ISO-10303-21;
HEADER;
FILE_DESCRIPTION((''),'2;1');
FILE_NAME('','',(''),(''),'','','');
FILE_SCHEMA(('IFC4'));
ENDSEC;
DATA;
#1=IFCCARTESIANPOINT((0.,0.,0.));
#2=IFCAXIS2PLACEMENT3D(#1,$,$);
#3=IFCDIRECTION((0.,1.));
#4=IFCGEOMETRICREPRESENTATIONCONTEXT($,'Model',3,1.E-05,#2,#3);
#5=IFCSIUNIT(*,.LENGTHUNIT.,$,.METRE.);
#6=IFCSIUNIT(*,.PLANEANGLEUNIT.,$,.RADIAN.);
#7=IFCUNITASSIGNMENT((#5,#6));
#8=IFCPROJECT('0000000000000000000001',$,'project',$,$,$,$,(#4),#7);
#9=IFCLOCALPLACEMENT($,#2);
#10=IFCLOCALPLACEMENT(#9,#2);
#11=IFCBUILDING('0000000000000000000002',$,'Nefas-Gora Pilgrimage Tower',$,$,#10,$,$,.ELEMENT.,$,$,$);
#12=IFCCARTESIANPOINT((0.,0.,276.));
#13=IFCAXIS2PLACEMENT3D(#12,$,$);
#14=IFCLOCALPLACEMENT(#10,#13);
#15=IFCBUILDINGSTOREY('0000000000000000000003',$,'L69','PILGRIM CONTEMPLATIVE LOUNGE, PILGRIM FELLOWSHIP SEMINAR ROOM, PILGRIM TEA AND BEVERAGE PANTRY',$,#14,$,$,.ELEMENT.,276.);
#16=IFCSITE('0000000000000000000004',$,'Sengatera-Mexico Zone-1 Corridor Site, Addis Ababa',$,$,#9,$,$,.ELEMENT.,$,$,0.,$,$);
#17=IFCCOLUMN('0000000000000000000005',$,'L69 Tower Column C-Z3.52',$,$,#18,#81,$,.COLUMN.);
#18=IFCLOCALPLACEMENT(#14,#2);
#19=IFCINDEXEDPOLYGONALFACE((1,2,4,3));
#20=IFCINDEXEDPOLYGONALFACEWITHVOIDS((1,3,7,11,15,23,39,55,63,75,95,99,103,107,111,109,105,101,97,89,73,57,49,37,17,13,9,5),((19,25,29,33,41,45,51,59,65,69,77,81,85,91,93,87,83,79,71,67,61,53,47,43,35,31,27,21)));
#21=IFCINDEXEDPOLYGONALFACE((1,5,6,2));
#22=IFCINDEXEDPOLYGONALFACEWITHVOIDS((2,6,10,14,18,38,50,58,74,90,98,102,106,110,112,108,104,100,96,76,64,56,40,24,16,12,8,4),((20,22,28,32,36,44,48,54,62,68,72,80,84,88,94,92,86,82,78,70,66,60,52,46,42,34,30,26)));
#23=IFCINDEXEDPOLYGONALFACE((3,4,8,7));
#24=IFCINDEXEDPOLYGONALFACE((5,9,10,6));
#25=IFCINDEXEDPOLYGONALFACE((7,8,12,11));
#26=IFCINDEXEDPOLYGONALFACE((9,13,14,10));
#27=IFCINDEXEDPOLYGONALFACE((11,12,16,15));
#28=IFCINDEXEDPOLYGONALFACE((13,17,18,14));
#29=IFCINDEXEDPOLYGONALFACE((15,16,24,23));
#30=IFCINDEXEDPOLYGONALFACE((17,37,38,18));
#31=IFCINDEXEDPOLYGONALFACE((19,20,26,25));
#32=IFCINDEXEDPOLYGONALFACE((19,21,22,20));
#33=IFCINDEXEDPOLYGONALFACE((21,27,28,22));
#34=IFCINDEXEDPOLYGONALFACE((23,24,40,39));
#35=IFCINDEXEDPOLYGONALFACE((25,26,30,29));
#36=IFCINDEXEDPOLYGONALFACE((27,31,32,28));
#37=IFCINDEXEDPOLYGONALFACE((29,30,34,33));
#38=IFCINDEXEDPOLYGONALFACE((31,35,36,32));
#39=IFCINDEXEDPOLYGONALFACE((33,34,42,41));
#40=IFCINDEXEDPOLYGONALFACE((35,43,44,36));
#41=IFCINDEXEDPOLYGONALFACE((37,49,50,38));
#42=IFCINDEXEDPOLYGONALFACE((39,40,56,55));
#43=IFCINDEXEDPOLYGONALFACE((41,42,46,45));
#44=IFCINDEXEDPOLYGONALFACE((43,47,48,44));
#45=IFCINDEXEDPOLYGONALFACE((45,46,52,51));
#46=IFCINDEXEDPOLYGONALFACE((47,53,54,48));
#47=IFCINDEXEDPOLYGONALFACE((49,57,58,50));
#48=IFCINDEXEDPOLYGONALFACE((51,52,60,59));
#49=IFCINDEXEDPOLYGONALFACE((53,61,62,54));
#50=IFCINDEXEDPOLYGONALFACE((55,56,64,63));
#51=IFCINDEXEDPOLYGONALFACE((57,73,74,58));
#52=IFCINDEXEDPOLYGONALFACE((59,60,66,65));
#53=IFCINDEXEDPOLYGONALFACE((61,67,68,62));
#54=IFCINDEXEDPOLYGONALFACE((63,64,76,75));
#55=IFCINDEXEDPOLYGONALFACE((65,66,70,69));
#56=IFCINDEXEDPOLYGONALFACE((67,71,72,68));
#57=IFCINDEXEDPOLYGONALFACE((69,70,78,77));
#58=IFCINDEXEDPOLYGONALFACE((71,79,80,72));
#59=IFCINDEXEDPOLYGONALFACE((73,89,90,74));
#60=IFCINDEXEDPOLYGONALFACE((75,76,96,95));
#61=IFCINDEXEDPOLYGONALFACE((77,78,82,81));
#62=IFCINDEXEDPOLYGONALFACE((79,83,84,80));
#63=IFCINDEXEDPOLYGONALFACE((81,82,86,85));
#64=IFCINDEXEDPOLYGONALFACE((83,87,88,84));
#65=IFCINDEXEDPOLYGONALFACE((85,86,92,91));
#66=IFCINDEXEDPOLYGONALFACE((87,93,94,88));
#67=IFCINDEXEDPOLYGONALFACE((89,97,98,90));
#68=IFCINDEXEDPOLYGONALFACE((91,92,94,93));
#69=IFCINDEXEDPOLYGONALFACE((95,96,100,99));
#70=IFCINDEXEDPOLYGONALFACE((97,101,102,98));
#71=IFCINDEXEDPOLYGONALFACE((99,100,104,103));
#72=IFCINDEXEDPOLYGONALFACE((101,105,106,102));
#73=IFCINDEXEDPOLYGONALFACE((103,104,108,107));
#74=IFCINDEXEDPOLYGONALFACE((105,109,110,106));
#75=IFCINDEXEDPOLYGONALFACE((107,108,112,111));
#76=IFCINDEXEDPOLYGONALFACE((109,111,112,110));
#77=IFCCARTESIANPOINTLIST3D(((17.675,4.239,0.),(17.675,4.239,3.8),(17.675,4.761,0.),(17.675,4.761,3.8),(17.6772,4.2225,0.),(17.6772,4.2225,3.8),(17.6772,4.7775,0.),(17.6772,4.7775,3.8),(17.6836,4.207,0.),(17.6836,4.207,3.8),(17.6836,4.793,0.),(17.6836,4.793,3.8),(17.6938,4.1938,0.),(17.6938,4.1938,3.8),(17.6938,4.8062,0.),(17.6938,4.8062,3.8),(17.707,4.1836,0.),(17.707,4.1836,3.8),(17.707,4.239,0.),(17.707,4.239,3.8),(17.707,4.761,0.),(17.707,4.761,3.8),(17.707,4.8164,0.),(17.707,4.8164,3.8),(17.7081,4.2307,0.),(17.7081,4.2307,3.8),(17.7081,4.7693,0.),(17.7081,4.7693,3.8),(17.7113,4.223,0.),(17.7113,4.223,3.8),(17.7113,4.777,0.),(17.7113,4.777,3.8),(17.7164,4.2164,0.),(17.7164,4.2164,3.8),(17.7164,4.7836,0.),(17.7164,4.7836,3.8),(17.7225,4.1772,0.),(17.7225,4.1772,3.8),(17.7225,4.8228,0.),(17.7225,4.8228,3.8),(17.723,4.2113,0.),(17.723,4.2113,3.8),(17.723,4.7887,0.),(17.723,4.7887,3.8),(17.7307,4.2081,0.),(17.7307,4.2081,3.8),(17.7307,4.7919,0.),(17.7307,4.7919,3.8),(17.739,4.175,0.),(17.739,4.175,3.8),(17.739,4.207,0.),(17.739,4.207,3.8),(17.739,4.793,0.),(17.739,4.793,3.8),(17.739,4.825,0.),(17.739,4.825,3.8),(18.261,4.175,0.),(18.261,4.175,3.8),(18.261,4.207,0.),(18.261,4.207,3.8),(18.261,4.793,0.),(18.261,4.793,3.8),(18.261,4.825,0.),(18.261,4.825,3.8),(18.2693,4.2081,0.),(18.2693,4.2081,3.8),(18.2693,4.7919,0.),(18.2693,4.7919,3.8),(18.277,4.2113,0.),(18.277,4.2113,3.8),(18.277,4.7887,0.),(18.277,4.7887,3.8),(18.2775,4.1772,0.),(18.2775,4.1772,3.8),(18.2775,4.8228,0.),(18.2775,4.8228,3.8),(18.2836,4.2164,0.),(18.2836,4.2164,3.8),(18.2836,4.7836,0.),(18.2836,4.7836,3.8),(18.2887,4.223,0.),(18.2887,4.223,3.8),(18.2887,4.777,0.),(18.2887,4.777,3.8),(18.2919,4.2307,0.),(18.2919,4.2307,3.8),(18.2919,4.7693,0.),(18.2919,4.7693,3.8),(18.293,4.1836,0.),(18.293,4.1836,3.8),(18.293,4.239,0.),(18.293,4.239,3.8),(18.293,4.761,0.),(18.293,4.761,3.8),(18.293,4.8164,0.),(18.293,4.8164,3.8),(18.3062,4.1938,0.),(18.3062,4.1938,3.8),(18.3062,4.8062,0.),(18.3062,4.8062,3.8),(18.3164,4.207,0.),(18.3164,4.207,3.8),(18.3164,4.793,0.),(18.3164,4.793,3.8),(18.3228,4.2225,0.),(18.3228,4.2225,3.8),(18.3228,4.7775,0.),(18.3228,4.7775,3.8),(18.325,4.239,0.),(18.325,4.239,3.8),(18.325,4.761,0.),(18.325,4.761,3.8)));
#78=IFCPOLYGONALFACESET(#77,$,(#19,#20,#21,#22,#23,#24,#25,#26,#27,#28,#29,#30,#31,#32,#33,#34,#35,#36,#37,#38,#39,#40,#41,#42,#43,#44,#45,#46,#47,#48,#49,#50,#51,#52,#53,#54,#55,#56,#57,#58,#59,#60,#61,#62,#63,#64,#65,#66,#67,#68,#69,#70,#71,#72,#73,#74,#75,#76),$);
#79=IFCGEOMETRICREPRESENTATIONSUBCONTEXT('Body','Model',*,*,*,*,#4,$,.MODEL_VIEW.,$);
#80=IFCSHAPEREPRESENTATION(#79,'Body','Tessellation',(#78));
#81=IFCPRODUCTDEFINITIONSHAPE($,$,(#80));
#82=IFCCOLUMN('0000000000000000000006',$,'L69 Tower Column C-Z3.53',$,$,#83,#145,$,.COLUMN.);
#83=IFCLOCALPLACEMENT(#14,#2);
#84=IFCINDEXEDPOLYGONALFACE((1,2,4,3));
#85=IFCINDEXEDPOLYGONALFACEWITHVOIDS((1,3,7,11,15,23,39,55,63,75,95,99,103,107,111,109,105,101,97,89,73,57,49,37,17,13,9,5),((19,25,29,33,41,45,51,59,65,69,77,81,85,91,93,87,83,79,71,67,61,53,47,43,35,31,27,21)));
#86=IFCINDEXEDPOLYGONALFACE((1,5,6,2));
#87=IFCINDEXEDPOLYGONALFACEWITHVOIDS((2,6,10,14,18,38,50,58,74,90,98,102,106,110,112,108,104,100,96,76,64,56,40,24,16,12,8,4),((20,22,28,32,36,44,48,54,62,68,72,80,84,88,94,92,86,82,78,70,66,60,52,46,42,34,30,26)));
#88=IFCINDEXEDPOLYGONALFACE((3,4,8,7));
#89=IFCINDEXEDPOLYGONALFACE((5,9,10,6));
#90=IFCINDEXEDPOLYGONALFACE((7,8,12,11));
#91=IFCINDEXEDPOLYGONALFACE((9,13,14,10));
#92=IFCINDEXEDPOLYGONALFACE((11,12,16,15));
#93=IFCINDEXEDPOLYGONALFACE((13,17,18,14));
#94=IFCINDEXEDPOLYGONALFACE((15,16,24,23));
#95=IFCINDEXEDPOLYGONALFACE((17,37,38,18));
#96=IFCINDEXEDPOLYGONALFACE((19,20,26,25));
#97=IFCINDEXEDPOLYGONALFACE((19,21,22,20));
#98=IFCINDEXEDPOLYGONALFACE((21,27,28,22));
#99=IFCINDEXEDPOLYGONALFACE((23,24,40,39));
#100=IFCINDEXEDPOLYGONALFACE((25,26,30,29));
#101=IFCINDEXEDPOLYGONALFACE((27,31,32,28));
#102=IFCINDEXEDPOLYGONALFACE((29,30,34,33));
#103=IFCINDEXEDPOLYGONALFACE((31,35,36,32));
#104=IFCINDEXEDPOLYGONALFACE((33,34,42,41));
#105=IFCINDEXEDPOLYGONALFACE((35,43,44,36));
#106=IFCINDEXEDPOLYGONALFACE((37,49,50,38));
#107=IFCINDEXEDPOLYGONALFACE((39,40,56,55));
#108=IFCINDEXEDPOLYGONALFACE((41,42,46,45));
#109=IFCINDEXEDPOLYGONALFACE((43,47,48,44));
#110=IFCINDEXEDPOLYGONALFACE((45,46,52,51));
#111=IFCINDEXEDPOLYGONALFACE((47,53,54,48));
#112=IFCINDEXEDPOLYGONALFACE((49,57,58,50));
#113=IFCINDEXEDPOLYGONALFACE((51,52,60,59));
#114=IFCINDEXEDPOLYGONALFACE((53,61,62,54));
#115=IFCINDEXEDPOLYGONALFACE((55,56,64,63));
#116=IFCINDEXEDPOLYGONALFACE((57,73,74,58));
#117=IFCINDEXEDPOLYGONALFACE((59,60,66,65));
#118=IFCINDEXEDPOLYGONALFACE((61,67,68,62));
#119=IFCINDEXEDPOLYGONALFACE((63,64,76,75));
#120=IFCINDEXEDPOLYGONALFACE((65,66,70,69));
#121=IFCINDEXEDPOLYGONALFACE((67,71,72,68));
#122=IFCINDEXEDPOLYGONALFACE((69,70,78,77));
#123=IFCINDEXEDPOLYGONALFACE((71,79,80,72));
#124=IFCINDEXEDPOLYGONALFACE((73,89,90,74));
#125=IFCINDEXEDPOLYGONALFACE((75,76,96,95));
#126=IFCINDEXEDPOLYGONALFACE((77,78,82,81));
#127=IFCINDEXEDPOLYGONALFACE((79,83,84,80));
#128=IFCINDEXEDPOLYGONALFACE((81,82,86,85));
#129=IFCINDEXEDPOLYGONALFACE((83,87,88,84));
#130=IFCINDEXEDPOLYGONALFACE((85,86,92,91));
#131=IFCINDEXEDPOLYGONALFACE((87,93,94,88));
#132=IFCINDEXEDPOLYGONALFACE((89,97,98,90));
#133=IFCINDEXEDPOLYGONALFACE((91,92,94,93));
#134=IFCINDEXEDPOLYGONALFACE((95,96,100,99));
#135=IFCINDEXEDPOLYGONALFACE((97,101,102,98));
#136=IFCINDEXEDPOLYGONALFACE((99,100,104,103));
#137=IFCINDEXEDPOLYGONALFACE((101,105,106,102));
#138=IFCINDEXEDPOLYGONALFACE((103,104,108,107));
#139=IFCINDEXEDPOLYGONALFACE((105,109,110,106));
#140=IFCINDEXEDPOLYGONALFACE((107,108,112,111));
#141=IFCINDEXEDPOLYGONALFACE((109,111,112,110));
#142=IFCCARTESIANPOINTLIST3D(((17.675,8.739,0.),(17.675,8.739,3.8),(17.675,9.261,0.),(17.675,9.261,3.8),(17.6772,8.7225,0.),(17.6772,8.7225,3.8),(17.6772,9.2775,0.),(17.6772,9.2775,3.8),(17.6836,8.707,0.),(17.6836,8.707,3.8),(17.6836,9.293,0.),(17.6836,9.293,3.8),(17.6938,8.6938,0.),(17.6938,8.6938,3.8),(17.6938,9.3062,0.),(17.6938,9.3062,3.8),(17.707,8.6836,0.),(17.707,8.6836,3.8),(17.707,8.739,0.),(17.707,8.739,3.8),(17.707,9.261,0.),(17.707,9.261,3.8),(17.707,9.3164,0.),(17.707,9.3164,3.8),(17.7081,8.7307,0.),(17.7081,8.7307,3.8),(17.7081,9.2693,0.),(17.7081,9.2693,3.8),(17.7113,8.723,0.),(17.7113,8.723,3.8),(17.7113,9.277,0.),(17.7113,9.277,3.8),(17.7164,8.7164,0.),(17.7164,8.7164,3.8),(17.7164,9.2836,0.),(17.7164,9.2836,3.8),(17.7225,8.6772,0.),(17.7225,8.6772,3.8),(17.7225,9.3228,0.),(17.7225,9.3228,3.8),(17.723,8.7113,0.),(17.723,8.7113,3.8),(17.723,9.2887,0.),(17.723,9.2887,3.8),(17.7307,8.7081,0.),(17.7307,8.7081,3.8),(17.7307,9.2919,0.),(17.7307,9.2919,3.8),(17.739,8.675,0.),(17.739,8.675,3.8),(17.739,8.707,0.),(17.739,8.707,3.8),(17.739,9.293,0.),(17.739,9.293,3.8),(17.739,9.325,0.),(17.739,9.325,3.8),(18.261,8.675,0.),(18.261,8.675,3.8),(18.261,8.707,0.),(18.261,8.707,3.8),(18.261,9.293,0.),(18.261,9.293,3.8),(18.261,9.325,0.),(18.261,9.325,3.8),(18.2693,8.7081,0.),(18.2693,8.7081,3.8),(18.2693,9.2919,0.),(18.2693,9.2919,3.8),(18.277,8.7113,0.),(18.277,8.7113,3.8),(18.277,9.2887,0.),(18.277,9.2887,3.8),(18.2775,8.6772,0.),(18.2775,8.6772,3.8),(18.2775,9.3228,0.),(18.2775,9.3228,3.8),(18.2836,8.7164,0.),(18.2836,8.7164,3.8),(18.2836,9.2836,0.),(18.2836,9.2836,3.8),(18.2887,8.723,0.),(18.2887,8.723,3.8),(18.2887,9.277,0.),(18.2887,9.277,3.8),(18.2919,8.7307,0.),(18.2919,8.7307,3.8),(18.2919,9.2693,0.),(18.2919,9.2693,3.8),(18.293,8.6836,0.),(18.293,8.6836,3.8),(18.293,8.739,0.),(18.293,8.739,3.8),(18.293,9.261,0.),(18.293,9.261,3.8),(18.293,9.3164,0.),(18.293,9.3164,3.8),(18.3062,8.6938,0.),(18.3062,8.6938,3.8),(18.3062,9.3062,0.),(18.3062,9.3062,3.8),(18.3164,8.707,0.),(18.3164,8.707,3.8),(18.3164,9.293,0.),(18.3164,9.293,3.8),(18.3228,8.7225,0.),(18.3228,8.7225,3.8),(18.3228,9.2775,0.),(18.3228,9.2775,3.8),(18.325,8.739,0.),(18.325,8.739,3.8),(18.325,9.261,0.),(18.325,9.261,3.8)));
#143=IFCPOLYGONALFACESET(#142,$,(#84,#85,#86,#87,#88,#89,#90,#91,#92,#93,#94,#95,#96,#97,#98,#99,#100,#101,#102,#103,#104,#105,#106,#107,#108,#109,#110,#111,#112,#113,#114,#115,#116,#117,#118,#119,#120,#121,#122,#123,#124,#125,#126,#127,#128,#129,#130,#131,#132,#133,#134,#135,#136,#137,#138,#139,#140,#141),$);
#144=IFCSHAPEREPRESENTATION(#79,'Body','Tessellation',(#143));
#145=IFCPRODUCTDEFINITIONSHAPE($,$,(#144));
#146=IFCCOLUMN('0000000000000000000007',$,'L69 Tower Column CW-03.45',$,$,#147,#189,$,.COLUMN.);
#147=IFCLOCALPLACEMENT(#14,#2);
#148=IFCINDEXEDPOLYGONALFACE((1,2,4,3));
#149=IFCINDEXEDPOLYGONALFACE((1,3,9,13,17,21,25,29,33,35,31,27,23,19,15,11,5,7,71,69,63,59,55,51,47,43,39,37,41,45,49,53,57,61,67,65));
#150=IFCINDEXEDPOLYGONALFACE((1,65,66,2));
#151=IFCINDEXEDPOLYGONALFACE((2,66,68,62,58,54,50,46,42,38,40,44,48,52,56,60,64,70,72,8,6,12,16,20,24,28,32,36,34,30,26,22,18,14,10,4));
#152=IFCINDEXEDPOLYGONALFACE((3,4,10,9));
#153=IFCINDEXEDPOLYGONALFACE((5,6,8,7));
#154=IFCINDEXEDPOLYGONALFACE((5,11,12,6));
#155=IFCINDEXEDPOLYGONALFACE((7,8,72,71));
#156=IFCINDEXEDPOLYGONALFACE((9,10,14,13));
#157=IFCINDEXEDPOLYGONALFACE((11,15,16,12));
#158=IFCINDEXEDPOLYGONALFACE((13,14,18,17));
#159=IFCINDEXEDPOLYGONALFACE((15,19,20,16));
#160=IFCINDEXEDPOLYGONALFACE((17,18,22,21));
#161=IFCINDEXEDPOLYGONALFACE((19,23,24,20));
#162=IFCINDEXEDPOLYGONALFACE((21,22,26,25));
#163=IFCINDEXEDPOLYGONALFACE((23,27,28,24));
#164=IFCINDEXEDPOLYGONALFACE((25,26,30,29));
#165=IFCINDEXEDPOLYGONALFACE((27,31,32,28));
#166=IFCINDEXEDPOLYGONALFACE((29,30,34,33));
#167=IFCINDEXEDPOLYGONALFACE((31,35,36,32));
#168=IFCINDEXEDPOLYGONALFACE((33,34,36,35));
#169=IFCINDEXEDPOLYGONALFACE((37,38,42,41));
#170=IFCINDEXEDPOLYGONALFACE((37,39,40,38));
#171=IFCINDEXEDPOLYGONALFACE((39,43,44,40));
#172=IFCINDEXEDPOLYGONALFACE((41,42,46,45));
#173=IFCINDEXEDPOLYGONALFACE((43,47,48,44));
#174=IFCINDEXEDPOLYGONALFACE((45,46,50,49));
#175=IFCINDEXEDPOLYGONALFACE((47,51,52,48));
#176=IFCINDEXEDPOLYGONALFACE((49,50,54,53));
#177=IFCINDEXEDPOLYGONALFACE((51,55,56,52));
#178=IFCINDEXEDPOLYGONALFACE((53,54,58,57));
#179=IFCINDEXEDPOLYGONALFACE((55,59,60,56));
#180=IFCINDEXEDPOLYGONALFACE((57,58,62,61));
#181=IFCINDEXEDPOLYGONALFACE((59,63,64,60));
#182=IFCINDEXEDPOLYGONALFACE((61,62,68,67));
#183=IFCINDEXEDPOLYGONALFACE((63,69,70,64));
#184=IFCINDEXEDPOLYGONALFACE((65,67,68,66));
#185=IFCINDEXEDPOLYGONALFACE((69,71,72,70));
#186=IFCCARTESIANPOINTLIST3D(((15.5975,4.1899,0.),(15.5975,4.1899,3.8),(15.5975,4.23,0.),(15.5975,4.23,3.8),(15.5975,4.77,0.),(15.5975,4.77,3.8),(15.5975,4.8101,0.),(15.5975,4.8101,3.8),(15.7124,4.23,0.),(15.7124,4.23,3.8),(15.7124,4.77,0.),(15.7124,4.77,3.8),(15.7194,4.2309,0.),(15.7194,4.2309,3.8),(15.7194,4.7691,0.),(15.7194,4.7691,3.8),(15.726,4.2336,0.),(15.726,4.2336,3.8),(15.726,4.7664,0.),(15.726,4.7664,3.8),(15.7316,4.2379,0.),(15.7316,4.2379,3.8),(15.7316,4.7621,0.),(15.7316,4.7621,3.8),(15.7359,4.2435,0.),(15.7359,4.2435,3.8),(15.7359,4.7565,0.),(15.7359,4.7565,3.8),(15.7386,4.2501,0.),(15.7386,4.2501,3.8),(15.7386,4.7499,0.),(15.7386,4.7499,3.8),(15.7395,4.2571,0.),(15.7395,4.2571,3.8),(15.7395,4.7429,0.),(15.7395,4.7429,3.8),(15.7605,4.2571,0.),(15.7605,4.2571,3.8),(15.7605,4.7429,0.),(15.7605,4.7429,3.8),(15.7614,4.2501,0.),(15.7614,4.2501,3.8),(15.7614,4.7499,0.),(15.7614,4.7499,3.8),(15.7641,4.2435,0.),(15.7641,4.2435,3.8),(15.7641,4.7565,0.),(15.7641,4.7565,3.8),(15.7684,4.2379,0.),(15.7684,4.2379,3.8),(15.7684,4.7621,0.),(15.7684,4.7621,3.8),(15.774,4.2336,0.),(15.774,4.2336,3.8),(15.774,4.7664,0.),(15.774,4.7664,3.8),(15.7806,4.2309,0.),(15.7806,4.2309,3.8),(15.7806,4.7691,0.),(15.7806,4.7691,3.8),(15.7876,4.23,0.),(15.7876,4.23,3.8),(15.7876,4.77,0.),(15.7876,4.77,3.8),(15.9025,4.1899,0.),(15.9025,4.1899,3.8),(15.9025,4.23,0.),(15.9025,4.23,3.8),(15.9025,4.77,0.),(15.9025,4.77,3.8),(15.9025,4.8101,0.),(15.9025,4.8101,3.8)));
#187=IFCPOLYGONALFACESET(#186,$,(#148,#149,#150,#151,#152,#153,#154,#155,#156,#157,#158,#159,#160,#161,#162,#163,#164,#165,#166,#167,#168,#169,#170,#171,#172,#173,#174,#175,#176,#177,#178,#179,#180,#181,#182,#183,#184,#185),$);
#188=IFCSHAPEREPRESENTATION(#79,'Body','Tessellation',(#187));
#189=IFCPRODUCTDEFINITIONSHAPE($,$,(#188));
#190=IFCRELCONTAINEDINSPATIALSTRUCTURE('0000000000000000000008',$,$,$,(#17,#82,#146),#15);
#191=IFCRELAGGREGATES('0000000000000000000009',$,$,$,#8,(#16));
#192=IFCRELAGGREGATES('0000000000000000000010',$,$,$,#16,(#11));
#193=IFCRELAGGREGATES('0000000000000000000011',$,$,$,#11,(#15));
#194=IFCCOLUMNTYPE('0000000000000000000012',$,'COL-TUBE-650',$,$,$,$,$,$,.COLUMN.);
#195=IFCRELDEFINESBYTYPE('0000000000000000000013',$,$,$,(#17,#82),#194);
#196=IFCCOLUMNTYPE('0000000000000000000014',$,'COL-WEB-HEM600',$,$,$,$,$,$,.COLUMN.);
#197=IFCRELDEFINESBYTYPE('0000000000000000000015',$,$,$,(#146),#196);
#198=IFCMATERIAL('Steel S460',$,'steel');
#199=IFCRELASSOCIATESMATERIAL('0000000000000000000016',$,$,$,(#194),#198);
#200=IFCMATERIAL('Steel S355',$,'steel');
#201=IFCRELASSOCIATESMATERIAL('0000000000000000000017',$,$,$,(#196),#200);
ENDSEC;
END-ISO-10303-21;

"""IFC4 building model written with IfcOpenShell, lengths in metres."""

from ifc_helpers import new_model, si_unit, direction, frame, origin, origin_2d, place, context, subcontext, project, spatial, hollow_rectangle, i_section, extrude, source, transform, mapped, material, material_profile, profile_set, type_object, element, save


model = new_model("IFC4")

# Units and contexts
model_context = context("Model", 3, precision=1e-05, world=origin(), true_north=direction((0.0, 1.0)))
body_context = subcontext(model_context, "Body", "Model", "MODEL_VIEW")
ifc_project = project(units=[si_unit("LENGTHUNIT", "METRE"), si_unit("PLANEANGLEUNIT", "RADIAN")], contexts=[model_context])

# Site, building, storey
site_placement = place(None, origin())
site = spatial("IfcSite", under=ifc_project, at=site_placement, Name="Sengatera-Mexico Zone-1 Corridor Site, Addis Ababa", CompositionType="ELEMENT", RefElevation=0.0)
building_placement = place(site_placement, origin())
building = spatial("IfcBuilding", under=site, at=building_placement, Name="Nefas-Gora Pilgrimage Tower", CompositionType="ELEMENT")
storey_placement = place(building_placement, frame((0.0, 0.0, 276.0)))
storey = spatial("IfcBuildingStorey", under=building, at=storey_placement, Name="L69", Description="PILGRIM CONTEMPLATIVE LOUNGE, PILGRIM FELLOWSHIP SEMINAR ROOM, PILGRIM TEA AND BEVERAGE PANTRY", CompositionType="ELEMENT", Elevation=276.0)

# Columns
ifc_material_1 = material(Name="Steel S460", Category="steel")
ifc_material_profile_1 = material_profile(ifc_material_1, hollow_rectangle(XDim=0.6499, YDim=0.6499, WallThickness=0.032, InnerFilletRadius=0.032, OuterFilletRadius=0.064, at=origin_2d()), Name="BOX 650x650x32")
ifc_profile_set_1 = profile_set([ifc_material_profile_1], Name="Steel S460")
column_type_1 = type_object("IfcColumnType", Name="COL-TUBE-650", PredefinedType="COLUMN", material=ifc_profile_set_1)
shared_shape_1 = source(origin(), body_context, "Body", "SweptSolid", [
    extrude(hollow_rectangle(XDim=0.6499, YDim=0.6499, WallThickness=0.032, InnerFilletRadius=0.032, OuterFilletRadius=0.064, at=origin_2d()), origin(), (0.0, 0.0, 1.0), 3.8),
])
for number, where, z_axis, x_axis, name in (
    (1, (18.0, 4.5, 0.0), (0.0, 0.0, 1.0), (1.0, 0.0, 0.0), "L69 Tower Column C-Z3.52"),
    (2, (18.0, 9.0, 0.0), (0.0, 0.0, 1.0), (1.0, 0.0, 0.0), "L69 Tower Column C-Z3.53"),
):
    element("IfcColumn", number, at=place(storey_placement, frame(where, z_axis=z_axis, x_axis=x_axis)), inside=storey, type_object=column_type_1, Name=name, PredefinedType="COLUMN", context=body_context, shape_type="MappedRepresentation", body=[
        mapped(shared_shape_1, transform((0.0, 0.0, 0.0), x_axis=(1.0, 0.0, 0.0), y_axis=(0.0, 1.0, 0.0), z_axis=(0.0, 0.0, 1.0), scale=1.0)),
    ])
ifc_material_2 = material(Name="Steel S355", Category="steel")
ifc_material_profile_2 = material_profile(ifc_material_2, i_section(OverallWidth=0.3049, OverallDepth=0.6201, WebThickness=0.021, FlangeThickness=0.04, FilletRadius=0.0271, at=origin_2d()), Name="HEM 600")
ifc_profile_set_2 = profile_set([ifc_material_profile_2], Name="Steel S355")
column_type_2 = type_object("IfcColumnType", Name="COL-WEB-HEM600", PredefinedType="COLUMN", material=ifc_profile_set_2)
shared_shape_2 = source(origin(), body_context, "Body", "SweptSolid", [
    extrude(i_section(OverallWidth=0.3049, OverallDepth=0.6201, WebThickness=0.021, FlangeThickness=0.04, FilletRadius=0.0271, at=origin_2d()), origin(), (0.0, 0.0, 1.0), 3.8),
])
for number, where, z_axis, x_axis, name in (
    (3, (15.75, 4.5, 0.0), (0.0, 0.0, 1.0), (1.0, 0.0, 0.0), "L69 Tower Column CW-03.45"),
):
    element("IfcColumn", number, at=place(storey_placement, frame(where, z_axis=z_axis, x_axis=x_axis)), inside=storey, type_object=column_type_2, Name=name, PredefinedType="COLUMN", context=body_context, shape_type="MappedRepresentation", body=[
        mapped(shared_shape_2, transform((0.0, 0.0, 0.0), x_axis=(1.0, 0.0, 0.0), y_axis=(0.0, 1.0, 0.0), z_axis=(0.0, 0.0, 1.0), scale=1.0)),
    ])

save(model, "model.ifc")
